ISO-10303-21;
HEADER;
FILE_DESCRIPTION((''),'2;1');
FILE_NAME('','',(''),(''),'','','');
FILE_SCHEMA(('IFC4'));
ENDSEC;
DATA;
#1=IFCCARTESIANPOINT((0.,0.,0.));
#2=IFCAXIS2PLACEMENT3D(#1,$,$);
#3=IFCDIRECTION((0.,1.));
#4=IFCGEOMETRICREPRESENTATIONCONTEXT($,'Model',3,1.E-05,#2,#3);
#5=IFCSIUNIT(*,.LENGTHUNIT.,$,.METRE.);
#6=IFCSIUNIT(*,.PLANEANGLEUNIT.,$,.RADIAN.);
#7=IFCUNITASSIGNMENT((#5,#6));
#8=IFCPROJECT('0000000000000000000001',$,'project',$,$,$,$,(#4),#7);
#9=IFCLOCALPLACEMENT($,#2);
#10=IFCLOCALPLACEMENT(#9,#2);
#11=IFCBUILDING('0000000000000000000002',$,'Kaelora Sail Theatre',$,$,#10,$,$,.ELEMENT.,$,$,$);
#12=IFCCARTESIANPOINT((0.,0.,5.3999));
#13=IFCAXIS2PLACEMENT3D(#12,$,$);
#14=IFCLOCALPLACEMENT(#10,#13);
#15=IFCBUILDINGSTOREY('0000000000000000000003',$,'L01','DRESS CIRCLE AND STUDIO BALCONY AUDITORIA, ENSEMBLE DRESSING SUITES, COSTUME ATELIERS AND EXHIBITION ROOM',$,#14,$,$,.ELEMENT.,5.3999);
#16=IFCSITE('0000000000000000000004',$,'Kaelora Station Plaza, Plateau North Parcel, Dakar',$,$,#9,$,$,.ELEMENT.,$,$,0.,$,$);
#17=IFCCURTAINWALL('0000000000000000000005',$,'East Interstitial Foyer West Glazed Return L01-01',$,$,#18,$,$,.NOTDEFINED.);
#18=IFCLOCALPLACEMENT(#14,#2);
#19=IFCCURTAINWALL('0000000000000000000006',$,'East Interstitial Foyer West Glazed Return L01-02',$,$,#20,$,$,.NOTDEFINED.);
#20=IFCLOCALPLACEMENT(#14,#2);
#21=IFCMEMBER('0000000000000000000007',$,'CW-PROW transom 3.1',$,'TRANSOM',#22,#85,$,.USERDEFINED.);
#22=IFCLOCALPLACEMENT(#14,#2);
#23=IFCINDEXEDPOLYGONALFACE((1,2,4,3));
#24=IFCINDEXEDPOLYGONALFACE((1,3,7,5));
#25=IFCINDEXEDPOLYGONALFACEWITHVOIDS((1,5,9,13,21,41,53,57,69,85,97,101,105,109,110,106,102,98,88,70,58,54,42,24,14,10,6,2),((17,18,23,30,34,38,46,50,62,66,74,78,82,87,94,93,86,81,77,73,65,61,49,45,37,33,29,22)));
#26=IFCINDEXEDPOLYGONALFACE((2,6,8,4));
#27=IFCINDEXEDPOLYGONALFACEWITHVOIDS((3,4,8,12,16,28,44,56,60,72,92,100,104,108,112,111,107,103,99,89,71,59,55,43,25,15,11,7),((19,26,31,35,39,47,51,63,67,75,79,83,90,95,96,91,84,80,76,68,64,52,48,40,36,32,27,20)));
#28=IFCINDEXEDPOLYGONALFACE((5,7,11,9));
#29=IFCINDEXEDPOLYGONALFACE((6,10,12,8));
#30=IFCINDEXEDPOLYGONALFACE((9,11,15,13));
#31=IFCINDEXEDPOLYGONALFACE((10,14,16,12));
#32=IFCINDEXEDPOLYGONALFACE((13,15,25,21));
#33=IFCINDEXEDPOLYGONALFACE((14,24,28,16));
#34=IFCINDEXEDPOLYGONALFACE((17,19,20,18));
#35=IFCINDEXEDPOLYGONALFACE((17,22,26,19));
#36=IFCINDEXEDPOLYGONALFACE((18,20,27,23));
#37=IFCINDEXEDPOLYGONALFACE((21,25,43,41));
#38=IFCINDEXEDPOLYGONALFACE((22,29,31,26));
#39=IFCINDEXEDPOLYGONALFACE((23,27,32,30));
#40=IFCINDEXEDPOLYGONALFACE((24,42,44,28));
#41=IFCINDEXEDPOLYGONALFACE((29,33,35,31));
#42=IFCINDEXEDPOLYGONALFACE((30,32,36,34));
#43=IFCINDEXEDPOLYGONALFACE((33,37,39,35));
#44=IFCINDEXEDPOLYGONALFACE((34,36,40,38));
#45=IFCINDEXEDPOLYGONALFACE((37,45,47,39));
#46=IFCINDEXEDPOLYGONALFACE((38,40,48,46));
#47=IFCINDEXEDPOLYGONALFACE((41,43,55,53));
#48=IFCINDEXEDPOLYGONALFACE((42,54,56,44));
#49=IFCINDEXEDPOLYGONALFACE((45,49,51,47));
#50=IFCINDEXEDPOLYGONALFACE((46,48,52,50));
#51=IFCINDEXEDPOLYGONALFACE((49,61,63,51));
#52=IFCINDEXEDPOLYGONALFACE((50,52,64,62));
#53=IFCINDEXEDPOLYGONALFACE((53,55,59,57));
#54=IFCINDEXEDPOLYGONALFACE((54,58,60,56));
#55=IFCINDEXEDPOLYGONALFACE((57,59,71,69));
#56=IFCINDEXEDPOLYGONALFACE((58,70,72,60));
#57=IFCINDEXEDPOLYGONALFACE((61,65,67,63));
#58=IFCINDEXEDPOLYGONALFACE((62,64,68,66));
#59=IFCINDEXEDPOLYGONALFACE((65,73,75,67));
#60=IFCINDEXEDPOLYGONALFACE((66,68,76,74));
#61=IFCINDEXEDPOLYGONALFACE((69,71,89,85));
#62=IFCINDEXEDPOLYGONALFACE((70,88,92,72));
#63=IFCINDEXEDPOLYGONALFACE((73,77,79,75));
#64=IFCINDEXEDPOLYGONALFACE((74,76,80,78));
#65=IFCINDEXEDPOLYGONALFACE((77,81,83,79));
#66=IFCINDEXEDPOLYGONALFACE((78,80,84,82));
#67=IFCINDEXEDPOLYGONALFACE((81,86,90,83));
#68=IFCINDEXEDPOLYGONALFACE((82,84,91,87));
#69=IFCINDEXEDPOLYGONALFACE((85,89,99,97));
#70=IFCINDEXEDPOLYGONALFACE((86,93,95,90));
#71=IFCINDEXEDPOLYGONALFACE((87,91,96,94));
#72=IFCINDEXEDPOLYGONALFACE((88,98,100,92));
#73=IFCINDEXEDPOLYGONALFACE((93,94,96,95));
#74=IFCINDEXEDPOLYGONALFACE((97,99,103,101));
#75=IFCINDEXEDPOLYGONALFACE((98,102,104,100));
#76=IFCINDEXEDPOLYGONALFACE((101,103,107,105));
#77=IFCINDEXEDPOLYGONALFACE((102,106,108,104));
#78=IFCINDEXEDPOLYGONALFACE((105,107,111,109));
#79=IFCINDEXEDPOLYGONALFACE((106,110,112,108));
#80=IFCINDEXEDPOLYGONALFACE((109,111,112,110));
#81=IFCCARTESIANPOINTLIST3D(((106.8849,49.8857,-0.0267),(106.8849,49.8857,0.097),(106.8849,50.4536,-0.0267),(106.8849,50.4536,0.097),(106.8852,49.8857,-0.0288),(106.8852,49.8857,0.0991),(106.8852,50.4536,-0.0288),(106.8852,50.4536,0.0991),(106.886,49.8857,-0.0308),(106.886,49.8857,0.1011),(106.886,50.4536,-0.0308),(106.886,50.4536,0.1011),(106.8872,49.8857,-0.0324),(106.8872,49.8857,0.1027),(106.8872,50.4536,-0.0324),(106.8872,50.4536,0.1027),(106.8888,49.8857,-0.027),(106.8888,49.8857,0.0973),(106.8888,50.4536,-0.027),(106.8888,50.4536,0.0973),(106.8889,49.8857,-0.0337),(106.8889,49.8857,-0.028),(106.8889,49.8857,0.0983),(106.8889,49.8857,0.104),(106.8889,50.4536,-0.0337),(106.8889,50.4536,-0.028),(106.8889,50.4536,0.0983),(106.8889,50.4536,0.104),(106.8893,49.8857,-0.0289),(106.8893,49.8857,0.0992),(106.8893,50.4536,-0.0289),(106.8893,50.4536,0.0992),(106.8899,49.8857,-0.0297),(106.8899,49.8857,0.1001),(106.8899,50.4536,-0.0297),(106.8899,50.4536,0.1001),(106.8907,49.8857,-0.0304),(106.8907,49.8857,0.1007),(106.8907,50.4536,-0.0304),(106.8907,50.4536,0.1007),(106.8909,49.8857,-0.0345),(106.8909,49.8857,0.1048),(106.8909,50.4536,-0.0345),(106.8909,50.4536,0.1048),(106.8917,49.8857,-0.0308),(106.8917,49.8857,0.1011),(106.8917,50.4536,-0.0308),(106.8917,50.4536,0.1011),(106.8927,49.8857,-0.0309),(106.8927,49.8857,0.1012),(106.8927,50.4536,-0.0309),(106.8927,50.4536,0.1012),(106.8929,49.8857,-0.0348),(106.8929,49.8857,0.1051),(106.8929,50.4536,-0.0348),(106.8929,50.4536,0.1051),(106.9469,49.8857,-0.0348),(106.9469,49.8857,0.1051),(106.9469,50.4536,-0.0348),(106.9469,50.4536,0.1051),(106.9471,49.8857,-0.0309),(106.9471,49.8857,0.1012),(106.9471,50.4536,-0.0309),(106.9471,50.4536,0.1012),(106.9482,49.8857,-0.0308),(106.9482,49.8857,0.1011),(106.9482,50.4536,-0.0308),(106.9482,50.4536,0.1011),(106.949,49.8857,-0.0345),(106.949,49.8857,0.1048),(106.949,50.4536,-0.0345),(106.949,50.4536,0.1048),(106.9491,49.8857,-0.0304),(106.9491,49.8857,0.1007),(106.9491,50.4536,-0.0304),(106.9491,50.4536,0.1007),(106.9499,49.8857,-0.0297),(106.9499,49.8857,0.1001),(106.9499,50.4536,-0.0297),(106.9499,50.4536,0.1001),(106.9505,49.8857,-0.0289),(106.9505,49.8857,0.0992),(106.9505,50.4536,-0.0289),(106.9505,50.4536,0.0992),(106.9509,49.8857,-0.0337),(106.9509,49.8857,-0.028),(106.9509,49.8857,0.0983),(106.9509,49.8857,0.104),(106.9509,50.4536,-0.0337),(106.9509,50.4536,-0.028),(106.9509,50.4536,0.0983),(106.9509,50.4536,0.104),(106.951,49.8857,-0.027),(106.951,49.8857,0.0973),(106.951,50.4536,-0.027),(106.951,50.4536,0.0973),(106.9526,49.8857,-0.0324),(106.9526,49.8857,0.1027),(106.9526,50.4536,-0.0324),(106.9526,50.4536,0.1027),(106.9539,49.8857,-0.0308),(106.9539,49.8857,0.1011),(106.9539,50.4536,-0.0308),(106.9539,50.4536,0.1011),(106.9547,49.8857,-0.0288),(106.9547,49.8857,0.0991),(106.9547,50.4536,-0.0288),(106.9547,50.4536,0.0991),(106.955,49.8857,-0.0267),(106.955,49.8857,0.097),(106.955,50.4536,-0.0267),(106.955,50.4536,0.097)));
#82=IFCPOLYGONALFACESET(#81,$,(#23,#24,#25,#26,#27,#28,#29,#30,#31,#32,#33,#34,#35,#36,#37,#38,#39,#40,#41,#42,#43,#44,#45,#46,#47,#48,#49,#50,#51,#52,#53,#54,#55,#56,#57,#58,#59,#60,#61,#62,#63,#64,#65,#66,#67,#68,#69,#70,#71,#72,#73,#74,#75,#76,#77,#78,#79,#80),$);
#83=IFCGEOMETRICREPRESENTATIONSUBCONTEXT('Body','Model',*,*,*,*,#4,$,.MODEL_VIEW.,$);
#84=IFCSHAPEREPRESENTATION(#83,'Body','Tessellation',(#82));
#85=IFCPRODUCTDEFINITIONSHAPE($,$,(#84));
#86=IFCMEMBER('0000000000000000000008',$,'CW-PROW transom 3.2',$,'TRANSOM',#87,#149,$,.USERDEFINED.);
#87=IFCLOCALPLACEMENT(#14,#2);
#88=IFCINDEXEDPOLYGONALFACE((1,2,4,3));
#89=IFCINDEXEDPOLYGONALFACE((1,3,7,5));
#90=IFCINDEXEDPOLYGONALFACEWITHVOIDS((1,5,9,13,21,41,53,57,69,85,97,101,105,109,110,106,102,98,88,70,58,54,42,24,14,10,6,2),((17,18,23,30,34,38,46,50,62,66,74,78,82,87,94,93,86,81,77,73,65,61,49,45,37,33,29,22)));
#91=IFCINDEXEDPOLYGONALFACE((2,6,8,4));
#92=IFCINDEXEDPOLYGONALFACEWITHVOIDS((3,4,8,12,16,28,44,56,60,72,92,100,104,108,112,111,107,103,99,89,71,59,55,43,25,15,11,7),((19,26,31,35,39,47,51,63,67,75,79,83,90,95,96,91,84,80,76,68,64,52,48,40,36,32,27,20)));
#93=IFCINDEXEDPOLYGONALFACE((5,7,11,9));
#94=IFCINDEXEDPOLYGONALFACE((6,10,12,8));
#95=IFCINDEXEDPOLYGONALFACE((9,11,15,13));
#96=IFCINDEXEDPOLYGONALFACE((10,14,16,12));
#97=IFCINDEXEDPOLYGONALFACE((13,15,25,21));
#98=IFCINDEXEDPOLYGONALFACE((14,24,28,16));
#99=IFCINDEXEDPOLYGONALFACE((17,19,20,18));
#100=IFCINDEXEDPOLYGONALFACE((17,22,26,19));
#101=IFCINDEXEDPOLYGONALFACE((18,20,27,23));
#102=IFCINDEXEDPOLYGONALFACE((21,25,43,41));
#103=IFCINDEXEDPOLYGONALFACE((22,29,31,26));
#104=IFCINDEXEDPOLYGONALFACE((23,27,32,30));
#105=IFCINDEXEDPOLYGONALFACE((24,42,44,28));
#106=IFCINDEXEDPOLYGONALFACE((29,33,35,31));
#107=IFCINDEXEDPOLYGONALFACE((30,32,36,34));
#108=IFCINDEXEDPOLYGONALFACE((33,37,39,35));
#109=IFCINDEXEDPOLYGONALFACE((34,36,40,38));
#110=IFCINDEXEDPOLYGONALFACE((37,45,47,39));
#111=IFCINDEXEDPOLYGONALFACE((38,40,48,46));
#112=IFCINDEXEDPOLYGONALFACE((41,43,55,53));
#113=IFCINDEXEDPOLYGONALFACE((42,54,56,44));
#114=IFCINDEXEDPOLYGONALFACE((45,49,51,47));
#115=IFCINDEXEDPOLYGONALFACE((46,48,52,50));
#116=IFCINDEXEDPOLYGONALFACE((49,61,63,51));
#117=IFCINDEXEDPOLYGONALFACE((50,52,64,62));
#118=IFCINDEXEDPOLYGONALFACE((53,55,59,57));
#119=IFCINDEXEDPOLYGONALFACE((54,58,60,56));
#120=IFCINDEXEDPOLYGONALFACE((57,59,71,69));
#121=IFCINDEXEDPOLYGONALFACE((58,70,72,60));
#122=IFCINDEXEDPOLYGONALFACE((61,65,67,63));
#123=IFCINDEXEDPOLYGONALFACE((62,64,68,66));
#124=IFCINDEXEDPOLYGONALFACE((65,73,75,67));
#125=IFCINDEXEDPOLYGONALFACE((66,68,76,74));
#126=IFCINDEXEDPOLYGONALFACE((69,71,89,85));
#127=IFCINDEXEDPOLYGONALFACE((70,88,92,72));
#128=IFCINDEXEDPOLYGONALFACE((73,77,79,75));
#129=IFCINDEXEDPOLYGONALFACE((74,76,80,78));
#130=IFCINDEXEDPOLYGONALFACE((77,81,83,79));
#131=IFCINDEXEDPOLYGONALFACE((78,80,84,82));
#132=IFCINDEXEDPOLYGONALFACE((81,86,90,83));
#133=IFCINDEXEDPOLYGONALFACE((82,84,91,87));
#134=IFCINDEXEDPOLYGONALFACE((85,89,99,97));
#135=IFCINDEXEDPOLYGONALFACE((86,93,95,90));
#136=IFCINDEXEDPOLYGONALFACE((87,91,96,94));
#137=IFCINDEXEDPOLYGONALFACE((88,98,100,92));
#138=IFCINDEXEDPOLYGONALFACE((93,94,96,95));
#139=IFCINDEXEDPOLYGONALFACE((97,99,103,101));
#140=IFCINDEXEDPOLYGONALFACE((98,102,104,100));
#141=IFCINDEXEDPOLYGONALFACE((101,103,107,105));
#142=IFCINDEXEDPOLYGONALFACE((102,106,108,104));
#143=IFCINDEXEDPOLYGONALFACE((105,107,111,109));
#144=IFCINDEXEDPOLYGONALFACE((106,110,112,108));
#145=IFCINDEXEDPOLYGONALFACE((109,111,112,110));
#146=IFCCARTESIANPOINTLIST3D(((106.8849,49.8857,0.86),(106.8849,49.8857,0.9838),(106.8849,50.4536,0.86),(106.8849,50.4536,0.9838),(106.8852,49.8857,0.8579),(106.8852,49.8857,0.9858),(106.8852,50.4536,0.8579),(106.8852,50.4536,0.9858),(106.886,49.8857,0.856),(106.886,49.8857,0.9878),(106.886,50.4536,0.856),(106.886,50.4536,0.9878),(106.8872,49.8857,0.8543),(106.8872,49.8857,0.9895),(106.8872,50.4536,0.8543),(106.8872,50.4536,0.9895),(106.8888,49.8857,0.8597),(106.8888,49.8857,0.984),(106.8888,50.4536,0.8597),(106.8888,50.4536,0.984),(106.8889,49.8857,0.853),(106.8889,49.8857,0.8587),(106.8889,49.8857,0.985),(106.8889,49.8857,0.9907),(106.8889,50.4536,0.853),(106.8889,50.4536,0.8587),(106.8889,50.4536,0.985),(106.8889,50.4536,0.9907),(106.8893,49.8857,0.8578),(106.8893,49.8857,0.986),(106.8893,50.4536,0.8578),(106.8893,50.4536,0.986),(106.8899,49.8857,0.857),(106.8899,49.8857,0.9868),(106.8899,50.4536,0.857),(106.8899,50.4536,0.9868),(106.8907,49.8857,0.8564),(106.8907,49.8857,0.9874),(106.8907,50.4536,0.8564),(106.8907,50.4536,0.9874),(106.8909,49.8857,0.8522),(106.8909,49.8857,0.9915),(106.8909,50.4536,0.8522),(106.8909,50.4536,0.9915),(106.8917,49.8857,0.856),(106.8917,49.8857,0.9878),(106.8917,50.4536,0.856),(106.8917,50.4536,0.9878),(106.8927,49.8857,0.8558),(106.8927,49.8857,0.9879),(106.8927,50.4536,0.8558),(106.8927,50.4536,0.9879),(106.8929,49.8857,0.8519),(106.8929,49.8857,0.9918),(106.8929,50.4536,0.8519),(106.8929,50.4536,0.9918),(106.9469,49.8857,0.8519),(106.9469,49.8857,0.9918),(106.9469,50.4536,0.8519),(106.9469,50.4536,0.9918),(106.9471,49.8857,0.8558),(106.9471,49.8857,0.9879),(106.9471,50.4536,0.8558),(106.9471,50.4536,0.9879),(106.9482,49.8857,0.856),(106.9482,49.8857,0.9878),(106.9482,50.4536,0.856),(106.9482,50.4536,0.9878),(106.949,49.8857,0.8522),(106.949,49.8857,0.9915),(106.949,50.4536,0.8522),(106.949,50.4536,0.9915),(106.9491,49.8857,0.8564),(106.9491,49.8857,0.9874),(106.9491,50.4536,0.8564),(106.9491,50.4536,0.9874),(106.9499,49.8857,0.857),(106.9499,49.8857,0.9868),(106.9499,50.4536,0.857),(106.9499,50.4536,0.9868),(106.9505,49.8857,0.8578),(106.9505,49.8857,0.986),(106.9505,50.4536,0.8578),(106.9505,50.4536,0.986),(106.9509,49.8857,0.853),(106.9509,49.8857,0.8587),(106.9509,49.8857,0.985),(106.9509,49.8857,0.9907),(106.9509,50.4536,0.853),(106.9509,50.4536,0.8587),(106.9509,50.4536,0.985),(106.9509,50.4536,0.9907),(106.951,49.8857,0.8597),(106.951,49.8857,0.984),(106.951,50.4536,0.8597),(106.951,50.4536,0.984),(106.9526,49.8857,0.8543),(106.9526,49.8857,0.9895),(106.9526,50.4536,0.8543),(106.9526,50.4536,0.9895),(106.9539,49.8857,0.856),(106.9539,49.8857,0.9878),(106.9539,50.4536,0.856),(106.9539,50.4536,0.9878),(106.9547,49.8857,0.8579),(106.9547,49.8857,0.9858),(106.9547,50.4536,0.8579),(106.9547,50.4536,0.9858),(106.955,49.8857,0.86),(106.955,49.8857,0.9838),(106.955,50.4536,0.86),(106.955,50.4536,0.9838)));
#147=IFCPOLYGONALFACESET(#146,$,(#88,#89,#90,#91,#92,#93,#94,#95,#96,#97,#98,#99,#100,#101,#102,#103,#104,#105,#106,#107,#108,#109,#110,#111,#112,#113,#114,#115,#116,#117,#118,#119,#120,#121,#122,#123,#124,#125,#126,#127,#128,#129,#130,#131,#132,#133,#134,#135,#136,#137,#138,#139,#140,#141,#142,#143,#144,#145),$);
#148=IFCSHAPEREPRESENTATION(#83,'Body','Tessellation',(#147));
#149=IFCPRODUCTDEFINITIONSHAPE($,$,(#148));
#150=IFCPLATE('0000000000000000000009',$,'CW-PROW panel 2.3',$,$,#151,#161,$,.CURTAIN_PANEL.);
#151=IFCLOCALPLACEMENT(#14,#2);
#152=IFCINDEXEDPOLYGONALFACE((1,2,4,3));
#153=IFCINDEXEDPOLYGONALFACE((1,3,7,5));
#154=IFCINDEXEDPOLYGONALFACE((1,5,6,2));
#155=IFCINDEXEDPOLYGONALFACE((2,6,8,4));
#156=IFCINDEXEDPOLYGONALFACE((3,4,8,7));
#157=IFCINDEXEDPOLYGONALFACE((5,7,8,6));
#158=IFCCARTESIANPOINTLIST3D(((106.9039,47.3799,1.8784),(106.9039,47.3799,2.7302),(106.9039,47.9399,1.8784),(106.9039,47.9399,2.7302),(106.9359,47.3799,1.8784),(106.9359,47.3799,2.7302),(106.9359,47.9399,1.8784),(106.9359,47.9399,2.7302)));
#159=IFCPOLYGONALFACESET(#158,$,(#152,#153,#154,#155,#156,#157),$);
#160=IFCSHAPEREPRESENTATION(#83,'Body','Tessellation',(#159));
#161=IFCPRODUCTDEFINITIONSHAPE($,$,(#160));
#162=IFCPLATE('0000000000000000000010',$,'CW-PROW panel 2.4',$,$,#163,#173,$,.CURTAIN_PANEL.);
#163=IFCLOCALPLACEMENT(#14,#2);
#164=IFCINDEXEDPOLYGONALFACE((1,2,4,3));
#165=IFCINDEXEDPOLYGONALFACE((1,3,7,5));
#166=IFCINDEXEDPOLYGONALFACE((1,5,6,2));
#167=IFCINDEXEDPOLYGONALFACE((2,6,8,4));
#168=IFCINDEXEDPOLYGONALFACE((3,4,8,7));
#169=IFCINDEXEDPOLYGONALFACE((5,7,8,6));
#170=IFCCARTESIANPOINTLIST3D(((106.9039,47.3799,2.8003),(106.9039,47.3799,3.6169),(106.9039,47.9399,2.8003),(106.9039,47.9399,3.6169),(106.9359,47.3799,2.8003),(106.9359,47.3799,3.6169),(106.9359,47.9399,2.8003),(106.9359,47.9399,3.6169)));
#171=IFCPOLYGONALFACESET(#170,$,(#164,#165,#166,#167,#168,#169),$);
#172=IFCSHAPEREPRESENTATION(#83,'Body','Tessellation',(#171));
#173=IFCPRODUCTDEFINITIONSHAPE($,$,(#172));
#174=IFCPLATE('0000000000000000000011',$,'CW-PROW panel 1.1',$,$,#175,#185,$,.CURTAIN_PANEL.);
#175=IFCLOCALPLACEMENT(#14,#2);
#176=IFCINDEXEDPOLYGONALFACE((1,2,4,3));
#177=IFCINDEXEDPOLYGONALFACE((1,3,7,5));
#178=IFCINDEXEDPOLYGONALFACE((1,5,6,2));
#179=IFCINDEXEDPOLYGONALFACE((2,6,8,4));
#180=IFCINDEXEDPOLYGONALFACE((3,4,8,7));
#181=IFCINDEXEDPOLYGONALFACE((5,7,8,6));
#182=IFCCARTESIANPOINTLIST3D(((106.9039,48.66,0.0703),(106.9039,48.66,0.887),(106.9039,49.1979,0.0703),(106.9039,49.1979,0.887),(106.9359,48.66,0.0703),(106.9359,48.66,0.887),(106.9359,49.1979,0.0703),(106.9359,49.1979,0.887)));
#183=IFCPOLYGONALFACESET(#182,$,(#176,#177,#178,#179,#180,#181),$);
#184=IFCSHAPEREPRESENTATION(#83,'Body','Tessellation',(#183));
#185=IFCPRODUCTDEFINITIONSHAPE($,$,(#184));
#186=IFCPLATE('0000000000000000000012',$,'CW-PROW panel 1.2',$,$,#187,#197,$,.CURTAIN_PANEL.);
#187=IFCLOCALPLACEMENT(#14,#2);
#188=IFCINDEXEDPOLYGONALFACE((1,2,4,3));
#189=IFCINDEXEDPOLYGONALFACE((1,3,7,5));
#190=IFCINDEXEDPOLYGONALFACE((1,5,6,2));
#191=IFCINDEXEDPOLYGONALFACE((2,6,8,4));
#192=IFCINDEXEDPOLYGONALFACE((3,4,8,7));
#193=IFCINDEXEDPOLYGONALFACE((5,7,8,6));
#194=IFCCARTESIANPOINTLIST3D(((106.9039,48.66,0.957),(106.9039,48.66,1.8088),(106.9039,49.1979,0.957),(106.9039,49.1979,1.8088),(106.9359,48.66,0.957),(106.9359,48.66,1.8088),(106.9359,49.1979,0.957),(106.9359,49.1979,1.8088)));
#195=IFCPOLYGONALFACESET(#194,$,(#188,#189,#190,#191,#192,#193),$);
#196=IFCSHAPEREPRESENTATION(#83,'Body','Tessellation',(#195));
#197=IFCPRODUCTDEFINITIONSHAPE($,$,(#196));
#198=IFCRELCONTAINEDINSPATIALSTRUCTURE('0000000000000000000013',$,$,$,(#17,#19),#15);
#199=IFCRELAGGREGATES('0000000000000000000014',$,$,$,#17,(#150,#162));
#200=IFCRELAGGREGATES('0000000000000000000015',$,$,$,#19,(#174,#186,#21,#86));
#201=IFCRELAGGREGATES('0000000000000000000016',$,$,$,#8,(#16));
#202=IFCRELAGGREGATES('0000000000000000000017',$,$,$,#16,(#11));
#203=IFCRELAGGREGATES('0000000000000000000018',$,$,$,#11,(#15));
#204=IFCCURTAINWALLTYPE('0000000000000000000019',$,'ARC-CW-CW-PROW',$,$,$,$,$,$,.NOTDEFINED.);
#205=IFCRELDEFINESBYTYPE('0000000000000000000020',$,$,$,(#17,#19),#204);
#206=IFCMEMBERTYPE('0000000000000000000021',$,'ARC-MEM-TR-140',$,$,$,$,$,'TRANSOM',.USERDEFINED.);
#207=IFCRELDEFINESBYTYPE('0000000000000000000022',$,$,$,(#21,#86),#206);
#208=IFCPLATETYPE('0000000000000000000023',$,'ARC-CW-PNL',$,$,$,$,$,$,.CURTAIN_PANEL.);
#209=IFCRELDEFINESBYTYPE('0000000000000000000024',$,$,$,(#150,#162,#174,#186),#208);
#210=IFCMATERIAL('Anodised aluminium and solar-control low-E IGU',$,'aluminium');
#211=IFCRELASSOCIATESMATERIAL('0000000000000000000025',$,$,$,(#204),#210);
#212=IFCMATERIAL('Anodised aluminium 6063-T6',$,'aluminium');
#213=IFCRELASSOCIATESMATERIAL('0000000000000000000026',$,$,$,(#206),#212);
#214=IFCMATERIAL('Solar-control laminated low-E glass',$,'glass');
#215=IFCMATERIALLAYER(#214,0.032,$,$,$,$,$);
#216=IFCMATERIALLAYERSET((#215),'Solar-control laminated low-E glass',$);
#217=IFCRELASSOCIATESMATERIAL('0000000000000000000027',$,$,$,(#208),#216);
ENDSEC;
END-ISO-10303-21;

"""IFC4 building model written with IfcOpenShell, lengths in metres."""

from ifc_helpers import new_model, si_unit, direction, frame, origin, origin_2d, place, context, subcontext, project, spatial, rectangle, hollow_rectangle, extrude, material, layer, layer_set, material_profile, profile_set, type_object, element, aggregate, save


model = new_model("IFC4")

# Units and contexts
model_context = context("Model", 3, precision=1e-05, world=origin(), true_north=direction((0.0, 1.0)))
body_context = subcontext(model_context, "Body", "Model", "MODEL_VIEW")
ifc_project = project(units=[si_unit("LENGTHUNIT", "METRE"), si_unit("PLANEANGLEUNIT", "RADIAN")], contexts=[model_context])

# Site, building, storey
site_placement = place(None, origin())
site = spatial("IfcSite", under=ifc_project, at=site_placement, Name="Kaelora Station Plaza, Plateau North Parcel, Dakar", CompositionType="ELEMENT", RefElevation=0.0)
building_placement = place(site_placement, origin())
building = spatial("IfcBuilding", under=site, at=building_placement, Name="Kaelora Sail Theatre", CompositionType="ELEMENT")
storey_placement = place(building_placement, frame((0.0, 0.0, 5.3999)))
storey = spatial("IfcBuildingStorey", under=building, at=storey_placement, Name="L01", Description="DRESS CIRCLE AND STUDIO BALCONY AUDITORIA, ENSEMBLE DRESSING SUITES, COSTUME ATELIERS AND EXHIBITION ROOM", CompositionType="ELEMENT", Elevation=5.3999)

# Curtain wall
ifc_material_1 = material(Name="Anodised aluminium and solar-control low-E IGU", Category="aluminium")
curtain_wall_type = type_object("IfcCurtainWallType", Name="ARC-CW-CW-PROW", PredefinedType="NOTDEFINED", material=ifc_material_1)
curtain_wall_1_placement = place(storey_placement, origin())
curtain_wall_1 = element("IfcCurtainWall", 1, at=curtain_wall_1_placement, inside=storey, type_object=curtain_wall_type, Name="East Interstitial Foyer West Glazed Return L01-01", PredefinedType="NOTDEFINED")

# Curtain wall, members
curtain_wall_2_placement = place(storey_placement, origin())
curtain_wall_2 = element("IfcCurtainWall", 2, at=curtain_wall_2_placement, inside=storey, type_object=curtain_wall_type, Name="East Interstitial Foyer West Glazed Return L01-02", PredefinedType="NOTDEFINED")
ifc_material_2 = material(Name="Anodised aluminium 6063-T6", Category="aluminium")
ifc_material_profile_1 = material_profile(ifc_material_2, hollow_rectangle(XDim=0.0701, YDim=0.1399, WallThickness=0.0039, InnerFilletRadius=0.0039, OuterFilletRadius=0.0081, at=origin_2d()), Name="ALU-TRAN 70x140x4")
ifc_profile_set_1 = profile_set([ifc_material_profile_1], Name="Anodised aluminium 6063-T6")
member_type_1 = type_object("IfcMemberType", Name="ARC-MEM-TR-140", ElementType="TRANSOM", PredefinedType="USERDEFINED", material=ifc_profile_set_1)
member_1_placement = place(storey_placement, frame((106.9199, 49.8857, 0.0352), z_axis=(0.0, 1.0, 0.0), x_axis=(-1.0, 0.0, 0.0)))
member_1 = element("IfcMember", 3, at=member_1_placement, type_object=member_type_1, Name="CW-PROW transom 3.1", ObjectType="TRANSOM", PredefinedType="USERDEFINED", context=body_context, shape_type="SweptSolid", body=[
    extrude(hollow_rectangle(XDim=0.0701, YDim=0.1399, WallThickness=0.0039, InnerFilletRadius=0.0039, OuterFilletRadius=0.0081, at=origin_2d()), origin(), (0.0, 0.0, 1.0), 0.5679),
])
member_2_placement = place(storey_placement, frame((106.9199, 49.8857, 0.9219), z_axis=(0.0, 1.0, 0.0), x_axis=(-1.0, 0.0, 0.0)))
member_2 = element("IfcMember", 4, at=member_2_placement, type_object=member_type_1, Name="CW-PROW transom 3.2", ObjectType="TRANSOM", PredefinedType="USERDEFINED", context=body_context, shape_type="SweptSolid", body=[
    extrude(hollow_rectangle(XDim=0.0701, YDim=0.1399, WallThickness=0.0039, InnerFilletRadius=0.0039, OuterFilletRadius=0.0081, at=origin_2d()), origin(), (0.0, 0.0, 1.0), 0.5679),
])

# Plates
ifc_material_3 = material(Name="Solar-control laminated low-E glass", Category="glass")
ifc_layer = layer(ifc_material_3, 0.032)
ifc_layer_set = layer_set([ifc_layer], Name="Solar-control laminated low-E glass")
plate_type = type_object("IfcPlateType", Name="ARC-CW-PNL", PredefinedType="CURTAIN_PANEL", material=ifc_layer_set)
plate_1_placement = place(storey_placement, frame((106.9199, 47.6599, 1.8784), z_axis=(0.0, 0.0, 1.0), x_axis=(0.0, 1.0, 0.0)))
plate_1 = element("IfcPlate", 5, at=plate_1_placement, type_object=plate_type, Name="CW-PROW panel 2.3", PredefinedType="CURTAIN_PANEL", context=body_context, shape_type="SweptSolid", body=[
    extrude(rectangle(XDim=0.5601, YDim=0.032, at=origin_2d()), origin(), (0.0, 0.0, 1.0), 0.8518),
])
plate_2_placement = place(storey_placement, frame((106.9199, 47.6599, 2.8003), z_axis=(0.0, 0.0, 1.0), x_axis=(0.0, 1.0, 0.0)))
plate_2 = element("IfcPlate", 6, at=plate_2_placement, type_object=plate_type, Name="CW-PROW panel 2.4", PredefinedType="CURTAIN_PANEL", context=body_context, shape_type="SweptSolid", body=[
    extrude(rectangle(XDim=0.5601, YDim=0.032, at=origin_2d()), origin(), (0.0, 0.0, 1.0), 0.8167),
])
aggregate(curtain_wall_1, [plate_1, plate_2])
plate_3_placement = place(storey_placement, frame((106.9199, 48.929, 0.0703), z_axis=(0.0, 0.0, 1.0), x_axis=(0.0, 1.0, 0.0)))
plate_3 = element("IfcPlate", 7, at=plate_3_placement, type_object=plate_type, Name="CW-PROW panel 1.1", PredefinedType="CURTAIN_PANEL", context=body_context, shape_type="SweptSolid", body=[
    extrude(rectangle(XDim=0.5378, YDim=0.032, at=origin_2d()), origin(), (0.0, 0.0, 1.0), 0.8167),
])
plate_4_placement = place(storey_placement, frame((106.9199, 48.929, 0.957), z_axis=(0.0, 0.0, 1.0), x_axis=(0.0, 1.0, 0.0)))
plate_4 = element("IfcPlate", 8, at=plate_4_placement, type_object=plate_type, Name="CW-PROW panel 1.2", PredefinedType="CURTAIN_PANEL", context=body_context, shape_type="SweptSolid", body=[
    extrude(rectangle(XDim=0.5378, YDim=0.032, at=origin_2d()), origin(), (0.0, 0.0, 1.0), 0.8518),
])
aggregate(curtain_wall_2, [plate_3, plate_4, member_1, member_2])

save(model, "model.ifc")
